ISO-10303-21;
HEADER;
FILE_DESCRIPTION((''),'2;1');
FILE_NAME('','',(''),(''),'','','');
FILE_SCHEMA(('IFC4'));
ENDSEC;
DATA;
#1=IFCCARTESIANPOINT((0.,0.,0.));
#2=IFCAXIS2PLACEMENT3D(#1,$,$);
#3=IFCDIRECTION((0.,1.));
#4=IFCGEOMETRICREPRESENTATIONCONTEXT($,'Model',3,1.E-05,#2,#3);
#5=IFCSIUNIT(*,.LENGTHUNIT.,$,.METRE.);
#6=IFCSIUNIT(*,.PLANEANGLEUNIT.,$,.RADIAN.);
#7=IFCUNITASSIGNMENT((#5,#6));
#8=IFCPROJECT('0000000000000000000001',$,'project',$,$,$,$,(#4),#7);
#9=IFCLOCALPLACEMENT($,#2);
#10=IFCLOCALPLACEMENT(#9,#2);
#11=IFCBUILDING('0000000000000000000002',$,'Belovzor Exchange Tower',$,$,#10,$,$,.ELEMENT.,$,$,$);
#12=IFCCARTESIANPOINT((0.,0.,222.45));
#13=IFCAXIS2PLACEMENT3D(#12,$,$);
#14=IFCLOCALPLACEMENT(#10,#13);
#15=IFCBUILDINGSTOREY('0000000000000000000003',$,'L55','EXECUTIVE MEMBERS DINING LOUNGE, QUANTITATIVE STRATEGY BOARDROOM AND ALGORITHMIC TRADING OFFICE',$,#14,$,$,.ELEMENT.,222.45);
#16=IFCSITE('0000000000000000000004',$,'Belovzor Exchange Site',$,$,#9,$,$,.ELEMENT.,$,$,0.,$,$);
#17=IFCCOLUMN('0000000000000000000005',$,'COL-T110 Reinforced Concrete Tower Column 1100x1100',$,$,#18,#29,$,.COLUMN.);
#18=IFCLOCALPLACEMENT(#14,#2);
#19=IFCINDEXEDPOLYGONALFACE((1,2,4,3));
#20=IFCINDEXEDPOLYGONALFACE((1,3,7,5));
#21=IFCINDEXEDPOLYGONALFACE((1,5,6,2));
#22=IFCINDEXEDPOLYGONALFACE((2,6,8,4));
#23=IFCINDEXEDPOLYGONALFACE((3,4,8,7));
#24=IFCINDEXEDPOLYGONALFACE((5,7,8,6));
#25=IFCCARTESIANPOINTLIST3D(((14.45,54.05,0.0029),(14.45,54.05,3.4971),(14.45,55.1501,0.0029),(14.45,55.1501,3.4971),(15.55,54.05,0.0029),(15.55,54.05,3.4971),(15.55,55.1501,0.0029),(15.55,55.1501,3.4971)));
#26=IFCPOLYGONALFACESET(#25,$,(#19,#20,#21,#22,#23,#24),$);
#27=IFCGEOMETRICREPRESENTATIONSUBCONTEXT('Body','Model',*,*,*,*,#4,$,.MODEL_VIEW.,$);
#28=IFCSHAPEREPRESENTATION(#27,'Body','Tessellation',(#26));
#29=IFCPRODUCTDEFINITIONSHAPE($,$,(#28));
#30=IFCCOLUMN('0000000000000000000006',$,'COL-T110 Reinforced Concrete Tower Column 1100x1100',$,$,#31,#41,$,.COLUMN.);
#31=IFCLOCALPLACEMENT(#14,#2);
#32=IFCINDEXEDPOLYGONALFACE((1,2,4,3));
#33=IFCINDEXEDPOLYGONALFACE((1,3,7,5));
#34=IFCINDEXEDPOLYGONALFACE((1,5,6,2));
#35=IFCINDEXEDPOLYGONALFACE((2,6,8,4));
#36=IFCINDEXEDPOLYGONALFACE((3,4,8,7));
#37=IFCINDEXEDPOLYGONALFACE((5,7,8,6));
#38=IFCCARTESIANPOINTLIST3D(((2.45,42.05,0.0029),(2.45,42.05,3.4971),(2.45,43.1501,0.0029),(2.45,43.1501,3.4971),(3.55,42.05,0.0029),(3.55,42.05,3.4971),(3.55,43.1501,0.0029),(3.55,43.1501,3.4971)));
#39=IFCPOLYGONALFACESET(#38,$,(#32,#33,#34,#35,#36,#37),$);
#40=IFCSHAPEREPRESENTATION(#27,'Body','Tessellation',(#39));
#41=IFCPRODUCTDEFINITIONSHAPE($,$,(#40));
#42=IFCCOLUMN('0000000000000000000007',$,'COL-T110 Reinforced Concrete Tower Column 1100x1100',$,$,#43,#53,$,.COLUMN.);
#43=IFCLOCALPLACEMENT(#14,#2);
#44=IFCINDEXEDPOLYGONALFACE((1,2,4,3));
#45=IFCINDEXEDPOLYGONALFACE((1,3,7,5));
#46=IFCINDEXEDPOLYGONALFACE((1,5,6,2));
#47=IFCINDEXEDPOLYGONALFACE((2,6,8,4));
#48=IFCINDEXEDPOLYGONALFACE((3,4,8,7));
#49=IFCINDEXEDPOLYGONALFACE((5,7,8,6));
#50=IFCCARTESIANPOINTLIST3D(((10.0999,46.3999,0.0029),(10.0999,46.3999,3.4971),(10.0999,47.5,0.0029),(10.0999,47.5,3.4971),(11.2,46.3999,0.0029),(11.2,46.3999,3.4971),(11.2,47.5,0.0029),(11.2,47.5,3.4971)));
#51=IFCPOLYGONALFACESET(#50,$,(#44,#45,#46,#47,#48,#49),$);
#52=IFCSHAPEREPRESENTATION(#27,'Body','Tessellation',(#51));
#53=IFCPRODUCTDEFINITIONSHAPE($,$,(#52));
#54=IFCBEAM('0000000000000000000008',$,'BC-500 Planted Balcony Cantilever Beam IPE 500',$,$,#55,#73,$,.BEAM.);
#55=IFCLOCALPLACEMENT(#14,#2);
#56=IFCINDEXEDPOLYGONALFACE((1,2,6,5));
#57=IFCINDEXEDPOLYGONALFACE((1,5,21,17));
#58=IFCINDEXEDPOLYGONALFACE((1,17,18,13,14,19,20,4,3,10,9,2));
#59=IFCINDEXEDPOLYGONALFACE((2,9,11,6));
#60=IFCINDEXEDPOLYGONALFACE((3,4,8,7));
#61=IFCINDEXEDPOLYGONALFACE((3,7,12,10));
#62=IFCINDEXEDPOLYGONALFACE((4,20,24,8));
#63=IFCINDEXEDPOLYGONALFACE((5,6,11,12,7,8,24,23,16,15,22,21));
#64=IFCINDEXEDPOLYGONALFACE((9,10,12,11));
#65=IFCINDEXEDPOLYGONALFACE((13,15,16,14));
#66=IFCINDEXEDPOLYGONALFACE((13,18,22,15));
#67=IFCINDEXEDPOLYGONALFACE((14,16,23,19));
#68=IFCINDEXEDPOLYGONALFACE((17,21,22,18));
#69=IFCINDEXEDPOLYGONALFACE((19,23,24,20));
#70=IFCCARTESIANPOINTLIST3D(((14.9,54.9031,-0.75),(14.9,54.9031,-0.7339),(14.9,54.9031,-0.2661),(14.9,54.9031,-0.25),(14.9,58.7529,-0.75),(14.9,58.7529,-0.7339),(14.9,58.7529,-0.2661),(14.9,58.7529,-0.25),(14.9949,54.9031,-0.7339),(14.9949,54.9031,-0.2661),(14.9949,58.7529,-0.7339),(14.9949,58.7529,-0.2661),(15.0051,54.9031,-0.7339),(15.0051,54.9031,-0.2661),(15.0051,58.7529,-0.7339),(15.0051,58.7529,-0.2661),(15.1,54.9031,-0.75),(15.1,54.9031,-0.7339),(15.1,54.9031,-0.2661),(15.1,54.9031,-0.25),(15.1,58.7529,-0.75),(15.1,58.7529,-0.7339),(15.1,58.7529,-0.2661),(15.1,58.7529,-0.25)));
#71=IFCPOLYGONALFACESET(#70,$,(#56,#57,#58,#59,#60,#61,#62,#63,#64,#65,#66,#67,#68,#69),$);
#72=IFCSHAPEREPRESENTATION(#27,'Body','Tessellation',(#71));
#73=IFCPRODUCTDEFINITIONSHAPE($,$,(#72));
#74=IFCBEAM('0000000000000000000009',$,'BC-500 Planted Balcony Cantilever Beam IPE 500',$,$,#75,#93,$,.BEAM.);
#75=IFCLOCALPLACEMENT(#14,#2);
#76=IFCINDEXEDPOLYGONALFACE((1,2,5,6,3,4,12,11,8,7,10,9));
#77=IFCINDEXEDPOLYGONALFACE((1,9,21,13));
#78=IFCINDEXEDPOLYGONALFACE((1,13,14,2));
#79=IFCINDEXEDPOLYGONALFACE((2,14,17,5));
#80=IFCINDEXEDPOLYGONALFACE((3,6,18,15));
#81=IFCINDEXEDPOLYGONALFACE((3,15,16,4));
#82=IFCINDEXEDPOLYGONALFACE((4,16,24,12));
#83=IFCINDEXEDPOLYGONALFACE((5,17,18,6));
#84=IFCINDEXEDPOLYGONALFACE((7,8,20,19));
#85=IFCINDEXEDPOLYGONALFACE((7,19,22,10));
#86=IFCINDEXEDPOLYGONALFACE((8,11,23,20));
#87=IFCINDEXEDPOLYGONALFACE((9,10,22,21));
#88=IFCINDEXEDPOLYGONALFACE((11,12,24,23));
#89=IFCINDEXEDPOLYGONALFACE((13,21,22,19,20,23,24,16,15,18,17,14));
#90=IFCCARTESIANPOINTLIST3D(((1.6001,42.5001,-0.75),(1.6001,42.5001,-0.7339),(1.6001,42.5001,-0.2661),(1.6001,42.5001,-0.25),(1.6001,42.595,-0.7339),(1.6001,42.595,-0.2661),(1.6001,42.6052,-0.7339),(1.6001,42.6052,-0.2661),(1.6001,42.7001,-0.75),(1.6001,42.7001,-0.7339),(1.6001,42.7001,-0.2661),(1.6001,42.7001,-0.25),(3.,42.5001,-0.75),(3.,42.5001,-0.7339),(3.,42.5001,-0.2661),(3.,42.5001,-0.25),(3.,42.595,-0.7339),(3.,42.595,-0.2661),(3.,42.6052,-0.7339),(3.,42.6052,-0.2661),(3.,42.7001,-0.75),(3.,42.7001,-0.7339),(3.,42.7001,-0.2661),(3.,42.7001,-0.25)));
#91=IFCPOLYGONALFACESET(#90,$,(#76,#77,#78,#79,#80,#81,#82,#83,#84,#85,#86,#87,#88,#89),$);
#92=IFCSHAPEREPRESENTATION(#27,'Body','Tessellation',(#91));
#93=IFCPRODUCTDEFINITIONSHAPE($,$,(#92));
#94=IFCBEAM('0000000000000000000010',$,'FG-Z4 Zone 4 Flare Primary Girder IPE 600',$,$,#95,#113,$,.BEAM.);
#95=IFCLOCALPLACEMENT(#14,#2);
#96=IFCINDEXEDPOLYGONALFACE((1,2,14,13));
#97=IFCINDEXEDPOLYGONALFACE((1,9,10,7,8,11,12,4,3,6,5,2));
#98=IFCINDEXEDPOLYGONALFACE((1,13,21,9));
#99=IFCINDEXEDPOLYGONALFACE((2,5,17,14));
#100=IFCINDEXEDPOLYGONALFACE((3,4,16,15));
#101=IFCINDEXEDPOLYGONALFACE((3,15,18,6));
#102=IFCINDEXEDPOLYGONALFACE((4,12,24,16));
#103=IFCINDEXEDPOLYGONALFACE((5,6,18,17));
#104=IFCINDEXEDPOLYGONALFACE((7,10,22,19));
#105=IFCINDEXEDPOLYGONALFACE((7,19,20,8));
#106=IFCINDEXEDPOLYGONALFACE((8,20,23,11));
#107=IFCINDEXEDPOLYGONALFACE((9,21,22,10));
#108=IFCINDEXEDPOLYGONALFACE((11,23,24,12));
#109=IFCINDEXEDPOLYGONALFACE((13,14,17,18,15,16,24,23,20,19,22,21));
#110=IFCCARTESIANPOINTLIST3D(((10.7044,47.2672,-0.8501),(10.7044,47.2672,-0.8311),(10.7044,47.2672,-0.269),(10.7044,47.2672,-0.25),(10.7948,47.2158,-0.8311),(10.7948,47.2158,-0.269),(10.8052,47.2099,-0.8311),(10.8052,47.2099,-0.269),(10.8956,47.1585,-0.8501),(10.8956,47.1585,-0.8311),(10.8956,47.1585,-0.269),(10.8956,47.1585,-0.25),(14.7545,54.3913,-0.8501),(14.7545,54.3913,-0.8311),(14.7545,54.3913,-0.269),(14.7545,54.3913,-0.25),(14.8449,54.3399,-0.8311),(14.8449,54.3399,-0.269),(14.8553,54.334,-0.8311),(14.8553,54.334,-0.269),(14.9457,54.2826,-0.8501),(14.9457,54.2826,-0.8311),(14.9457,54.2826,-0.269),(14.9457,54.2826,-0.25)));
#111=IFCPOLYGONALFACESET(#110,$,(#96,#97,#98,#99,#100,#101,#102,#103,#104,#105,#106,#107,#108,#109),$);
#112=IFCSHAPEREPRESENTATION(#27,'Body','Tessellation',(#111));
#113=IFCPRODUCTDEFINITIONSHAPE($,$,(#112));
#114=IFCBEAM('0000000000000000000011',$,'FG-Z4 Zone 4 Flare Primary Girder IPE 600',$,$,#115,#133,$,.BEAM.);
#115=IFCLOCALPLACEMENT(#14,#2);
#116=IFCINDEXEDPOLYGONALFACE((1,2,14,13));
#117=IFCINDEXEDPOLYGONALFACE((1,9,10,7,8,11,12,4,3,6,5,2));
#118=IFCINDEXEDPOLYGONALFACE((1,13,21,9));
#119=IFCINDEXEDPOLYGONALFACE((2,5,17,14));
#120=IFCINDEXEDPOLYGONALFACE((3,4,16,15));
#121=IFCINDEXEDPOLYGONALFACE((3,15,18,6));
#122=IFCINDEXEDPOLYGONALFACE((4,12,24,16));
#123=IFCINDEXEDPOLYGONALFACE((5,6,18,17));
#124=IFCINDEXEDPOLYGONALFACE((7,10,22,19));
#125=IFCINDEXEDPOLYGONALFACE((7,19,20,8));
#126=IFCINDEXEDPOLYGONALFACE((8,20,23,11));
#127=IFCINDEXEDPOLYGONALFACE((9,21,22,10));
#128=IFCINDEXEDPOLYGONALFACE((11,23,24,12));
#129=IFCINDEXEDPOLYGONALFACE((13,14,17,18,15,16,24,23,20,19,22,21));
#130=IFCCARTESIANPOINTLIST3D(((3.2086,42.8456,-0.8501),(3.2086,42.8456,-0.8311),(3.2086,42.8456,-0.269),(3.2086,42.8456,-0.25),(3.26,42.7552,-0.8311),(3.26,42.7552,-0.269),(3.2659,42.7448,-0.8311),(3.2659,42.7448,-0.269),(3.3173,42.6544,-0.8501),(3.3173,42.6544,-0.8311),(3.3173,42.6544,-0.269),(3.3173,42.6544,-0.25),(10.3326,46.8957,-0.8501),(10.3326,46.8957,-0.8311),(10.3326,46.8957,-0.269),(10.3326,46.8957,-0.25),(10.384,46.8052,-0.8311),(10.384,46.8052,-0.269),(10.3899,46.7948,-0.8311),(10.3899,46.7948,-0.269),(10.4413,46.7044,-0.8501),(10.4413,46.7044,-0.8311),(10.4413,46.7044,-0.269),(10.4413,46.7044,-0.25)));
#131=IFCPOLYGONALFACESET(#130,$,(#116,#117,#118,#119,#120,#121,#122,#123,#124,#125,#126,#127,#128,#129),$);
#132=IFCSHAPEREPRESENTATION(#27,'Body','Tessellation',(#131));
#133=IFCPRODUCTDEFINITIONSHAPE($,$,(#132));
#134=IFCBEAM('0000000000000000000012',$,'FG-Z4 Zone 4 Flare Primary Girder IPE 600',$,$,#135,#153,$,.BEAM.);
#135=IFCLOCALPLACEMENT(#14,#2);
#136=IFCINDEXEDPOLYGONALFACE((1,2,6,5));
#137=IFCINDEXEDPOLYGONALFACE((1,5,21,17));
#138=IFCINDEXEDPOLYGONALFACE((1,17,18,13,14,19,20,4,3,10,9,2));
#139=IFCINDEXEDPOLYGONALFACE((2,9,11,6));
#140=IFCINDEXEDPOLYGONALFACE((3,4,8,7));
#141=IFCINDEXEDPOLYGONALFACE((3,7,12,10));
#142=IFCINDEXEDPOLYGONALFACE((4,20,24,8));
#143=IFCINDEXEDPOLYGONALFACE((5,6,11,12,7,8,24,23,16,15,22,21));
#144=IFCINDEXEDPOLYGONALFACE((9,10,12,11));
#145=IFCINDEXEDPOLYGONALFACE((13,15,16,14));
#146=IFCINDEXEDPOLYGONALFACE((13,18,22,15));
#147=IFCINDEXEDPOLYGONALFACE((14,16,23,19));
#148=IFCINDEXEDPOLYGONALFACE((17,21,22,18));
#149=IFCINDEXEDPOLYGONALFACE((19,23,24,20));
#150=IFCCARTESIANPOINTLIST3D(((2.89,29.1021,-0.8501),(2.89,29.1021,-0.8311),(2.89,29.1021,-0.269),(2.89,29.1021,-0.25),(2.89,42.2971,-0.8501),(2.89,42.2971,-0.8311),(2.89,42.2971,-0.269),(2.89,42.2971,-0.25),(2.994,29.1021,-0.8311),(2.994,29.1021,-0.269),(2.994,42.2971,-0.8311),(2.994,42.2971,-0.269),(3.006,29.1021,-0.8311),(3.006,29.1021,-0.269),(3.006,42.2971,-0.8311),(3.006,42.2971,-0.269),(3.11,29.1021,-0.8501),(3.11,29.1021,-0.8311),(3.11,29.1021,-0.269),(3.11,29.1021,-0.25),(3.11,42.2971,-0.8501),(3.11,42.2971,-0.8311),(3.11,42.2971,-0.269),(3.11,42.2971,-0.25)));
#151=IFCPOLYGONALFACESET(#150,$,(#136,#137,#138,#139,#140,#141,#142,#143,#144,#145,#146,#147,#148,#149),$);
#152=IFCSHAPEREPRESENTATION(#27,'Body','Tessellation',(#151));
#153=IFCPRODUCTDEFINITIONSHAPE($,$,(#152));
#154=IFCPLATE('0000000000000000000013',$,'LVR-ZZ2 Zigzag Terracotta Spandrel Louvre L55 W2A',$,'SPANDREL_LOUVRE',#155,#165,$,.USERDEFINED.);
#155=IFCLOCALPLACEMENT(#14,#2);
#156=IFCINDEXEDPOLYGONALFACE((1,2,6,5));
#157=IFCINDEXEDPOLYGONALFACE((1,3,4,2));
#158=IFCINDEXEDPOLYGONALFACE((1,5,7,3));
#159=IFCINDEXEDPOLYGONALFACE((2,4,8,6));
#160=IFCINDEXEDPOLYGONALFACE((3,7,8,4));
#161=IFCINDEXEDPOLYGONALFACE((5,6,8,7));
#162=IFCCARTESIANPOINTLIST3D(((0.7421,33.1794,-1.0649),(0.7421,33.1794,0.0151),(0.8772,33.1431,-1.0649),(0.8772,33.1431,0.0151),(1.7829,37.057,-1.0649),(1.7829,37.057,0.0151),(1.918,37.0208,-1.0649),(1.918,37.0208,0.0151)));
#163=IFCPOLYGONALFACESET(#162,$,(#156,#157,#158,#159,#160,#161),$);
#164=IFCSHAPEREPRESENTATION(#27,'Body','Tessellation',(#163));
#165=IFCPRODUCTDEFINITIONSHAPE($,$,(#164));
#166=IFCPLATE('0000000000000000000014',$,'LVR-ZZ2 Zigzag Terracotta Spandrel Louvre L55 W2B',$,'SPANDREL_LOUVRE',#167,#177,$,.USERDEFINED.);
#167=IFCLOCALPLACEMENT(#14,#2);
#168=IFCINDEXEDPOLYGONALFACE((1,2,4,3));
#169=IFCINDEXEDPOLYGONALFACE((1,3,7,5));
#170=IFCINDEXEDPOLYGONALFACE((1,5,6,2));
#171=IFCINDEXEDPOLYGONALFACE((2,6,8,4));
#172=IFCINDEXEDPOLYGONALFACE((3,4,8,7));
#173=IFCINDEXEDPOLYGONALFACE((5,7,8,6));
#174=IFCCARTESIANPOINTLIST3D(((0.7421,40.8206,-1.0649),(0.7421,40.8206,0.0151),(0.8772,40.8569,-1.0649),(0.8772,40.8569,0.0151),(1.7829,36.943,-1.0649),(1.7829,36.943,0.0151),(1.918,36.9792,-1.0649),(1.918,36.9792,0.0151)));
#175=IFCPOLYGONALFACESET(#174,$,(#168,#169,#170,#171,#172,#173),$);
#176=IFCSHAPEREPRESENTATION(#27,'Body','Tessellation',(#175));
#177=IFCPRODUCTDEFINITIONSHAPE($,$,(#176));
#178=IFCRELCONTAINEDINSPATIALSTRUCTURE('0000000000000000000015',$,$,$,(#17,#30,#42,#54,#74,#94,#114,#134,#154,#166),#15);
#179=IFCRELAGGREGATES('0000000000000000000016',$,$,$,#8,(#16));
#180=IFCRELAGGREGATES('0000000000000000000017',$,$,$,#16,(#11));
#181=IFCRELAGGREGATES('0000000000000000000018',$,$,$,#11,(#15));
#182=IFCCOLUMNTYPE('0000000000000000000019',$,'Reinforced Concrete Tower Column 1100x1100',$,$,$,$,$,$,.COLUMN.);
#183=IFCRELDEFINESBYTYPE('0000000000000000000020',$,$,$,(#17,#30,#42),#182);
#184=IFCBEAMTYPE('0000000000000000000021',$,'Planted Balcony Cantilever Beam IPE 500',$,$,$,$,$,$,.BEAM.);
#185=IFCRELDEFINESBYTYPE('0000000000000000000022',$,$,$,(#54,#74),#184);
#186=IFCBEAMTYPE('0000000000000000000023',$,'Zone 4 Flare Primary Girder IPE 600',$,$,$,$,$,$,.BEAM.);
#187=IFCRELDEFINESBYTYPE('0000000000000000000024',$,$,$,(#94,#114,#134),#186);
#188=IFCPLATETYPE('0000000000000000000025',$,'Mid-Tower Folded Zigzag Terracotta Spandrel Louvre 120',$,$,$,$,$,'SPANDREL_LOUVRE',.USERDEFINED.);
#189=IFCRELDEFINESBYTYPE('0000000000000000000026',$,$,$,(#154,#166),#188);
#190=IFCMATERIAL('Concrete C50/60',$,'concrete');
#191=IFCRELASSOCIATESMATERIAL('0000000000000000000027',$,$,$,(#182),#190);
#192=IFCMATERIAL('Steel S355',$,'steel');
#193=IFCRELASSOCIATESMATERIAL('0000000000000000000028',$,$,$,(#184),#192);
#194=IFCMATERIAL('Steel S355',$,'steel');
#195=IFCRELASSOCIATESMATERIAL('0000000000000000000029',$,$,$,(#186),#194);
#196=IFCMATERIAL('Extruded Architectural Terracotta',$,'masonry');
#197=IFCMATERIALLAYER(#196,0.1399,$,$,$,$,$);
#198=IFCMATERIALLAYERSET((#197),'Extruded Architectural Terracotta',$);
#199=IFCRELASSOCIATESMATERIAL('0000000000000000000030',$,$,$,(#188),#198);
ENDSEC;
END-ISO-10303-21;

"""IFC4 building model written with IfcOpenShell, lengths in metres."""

from ifc_helpers import new_model, si_unit, direction, frame, origin, origin_2d, place, context, subcontext, project, spatial, rectangle, i_section, extrude, material, layer, layer_set, material_profile, profile_set, type_object, element, save


model = new_model("IFC4")

# Units and contexts
model_context = context("Model", 3, precision=1e-05, world=origin(), true_north=direction((0.0, 1.0)))
body_context = subcontext(model_context, "Body", "Model", "MODEL_VIEW")
ifc_project = project(units=[si_unit("LENGTHUNIT", "METRE"), si_unit("PLANEANGLEUNIT", "RADIAN")], contexts=[model_context])

# Site, building, storey
site_placement = place(None, origin())
site = spatial("IfcSite", under=ifc_project, at=site_placement, Name="Belovzor Exchange Site", CompositionType="ELEMENT", RefElevation=0.0)
building_placement = place(site_placement, origin())
building = spatial("IfcBuilding", under=site, at=building_placement, Name="Belovzor Exchange Tower", CompositionType="ELEMENT")
storey_placement = place(building_placement, frame((0.0, 0.0, 222.45)))
storey = spatial("IfcBuildingStorey", under=building, at=storey_placement, Name="L55", Description="EXECUTIVE MEMBERS DINING LOUNGE, QUANTITATIVE STRATEGY BOARDROOM AND ALGORITHMIC TRADING OFFICE", CompositionType="ELEMENT", Elevation=222.45)

# Columns
ifc_material_1 = material(Name="Concrete C50/60", Category="concrete")
ifc_material_profile_1 = material_profile(ifc_material_1, rectangle(XDim=1.1001, YDim=1.1001, at=origin_2d()))
ifc_profile_set_1 = profile_set([ifc_material_profile_1], Name="Concrete C50/60")
column_type = type_object("IfcColumnType", Name="Reinforced Concrete Tower Column 1100x1100", PredefinedType="COLUMN", material=ifc_profile_set_1)
for number, where, z_axis, x_axis, name in (
    (1, (15.0, 54.6001, 0.0029), (0.0, 0.0, 1.0), (1.0, 0.0, 0.0), "COL-T110 Reinforced Concrete Tower Column 1100x1100"),
    (2, (3.0, 42.6001, 0.0029), (0.0, 0.0, 1.0), (1.0, 0.0, 0.0), "COL-T110 Reinforced Concrete Tower Column 1100x1100"),
    (3, (10.6499, 46.95, 0.0029), (0.0, 0.0, 1.0), (1.0, 0.0, 0.0), "COL-T110 Reinforced Concrete Tower Column 1100x1100"),
):
    element("IfcColumn", number, at=place(storey_placement, frame(where, z_axis=z_axis, x_axis=x_axis)), inside=storey, type_object=column_type, Name=name, PredefinedType="COLUMN", context=body_context, shape_type="SweptSolid", body=[
        extrude(rectangle(XDim=1.1001, YDim=1.1001, at=origin_2d()), origin(), (0.0, 0.0, 1.0), 3.4941),
    ])

# Beams
ifc_material_2 = material(Name="Steel S355", Category="steel")
ifc_material_profile_2 = material_profile(ifc_material_2, i_section(OverallWidth=0.2, OverallDepth=0.5, WebThickness=0.0103, FlangeThickness=0.0161, at=origin_2d()))
ifc_profile_set_2 = profile_set([ifc_material_profile_2], Name="Steel S355")
beam_type_1 = type_object("IfcBeamType", Name="Planted Balcony Cantilever Beam IPE 500", PredefinedType="BEAM", material=ifc_profile_set_2)
beam_1_placement = place(storey_placement, frame((15.0, 54.9031, -0.5), z_axis=(0.0, 1.0, 0.0), x_axis=(-1.0, 0.0, 0.0)))
element("IfcBeam", 4, at=beam_1_placement, inside=storey, type_object=beam_type_1, Name="BC-500 Planted Balcony Cantilever Beam IPE 500", PredefinedType="BEAM", context=body_context, shape_type="SweptSolid", body=[
    extrude(i_section(OverallWidth=0.2, OverallDepth=0.5, WebThickness=0.0103, FlangeThickness=0.0161, at=origin_2d()), origin(), (0.0, 0.0, 1.0), 3.8499),
])
beam_2_placement = place(storey_placement, frame((3.0, 42.6001, -0.5), z_axis=(-1.0, 0.0, 0.0), x_axis=(0.0, -1.0, 0.0)))
element("IfcBeam", 5, at=beam_2_placement, inside=storey, type_object=beam_type_1, Name="BC-500 Planted Balcony Cantilever Beam IPE 500", PredefinedType="BEAM", context=body_context, shape_type="SweptSolid", body=[
    extrude(i_section(OverallWidth=0.2, OverallDepth=0.5, WebThickness=0.0103, FlangeThickness=0.0161, at=origin_2d()), origin(), (0.0, 0.0, 1.0), 1.3999),
])
ifc_material_3 = material(Name="Steel S355", Category="steel")
ifc_material_profile_3 = material_profile(ifc_material_3, i_section(OverallWidth=0.22, OverallDepth=0.6001, WebThickness=0.012, FlangeThickness=0.019, at=origin_2d()))
ifc_profile_set_3 = profile_set([ifc_material_profile_3], Name="Steel S355")
beam_type_2 = type_object("IfcBeamType", Name="Zone 4 Flare Primary Girder IPE 600", PredefinedType="BEAM", material=ifc_profile_set_3)
for number, where, z_axis, x_axis, name in (
    (6, (14.8501, 54.3369, -0.55), (-0.494222, -0.869336, 0.0), (0.869336, -0.494222, 0.0), "FG-Z4 Zone 4 Flare Primary Girder IPE 600"),
    (7, (10.387, 46.8, -0.55), (-0.869336, -0.494222, 0.0), (0.494222, -0.869336, 0.0), "FG-Z4 Zone 4 Flare Primary Girder IPE 600"),
):
    element("IfcBeam", number, at=place(storey_placement, frame(where, z_axis=z_axis, x_axis=x_axis)), inside=storey, type_object=beam_type_2, Name=name, PredefinedType="BEAM", context=body_context, shape_type="SweptSolid", body=[
        extrude(i_section(OverallWidth=0.22, OverallDepth=0.6001, WebThickness=0.012, FlangeThickness=0.019, at=origin_2d()), origin(), (0.0, 0.0, 1.0), 8.1948),
    ])
beam_3_placement = place(storey_placement, frame((3.0, 42.2971, -0.55), z_axis=(0.0, -1.0, 0.0), x_axis=(1.0, 0.0, 0.0)))
element("IfcBeam", 8, at=beam_3_placement, inside=storey, type_object=beam_type_2, Name="FG-Z4 Zone 4 Flare Primary Girder IPE 600", PredefinedType="BEAM", context=body_context, shape_type="SweptSolid", body=[
    extrude(i_section(OverallWidth=0.22, OverallDepth=0.6001, WebThickness=0.012, FlangeThickness=0.019, at=origin_2d()), origin(), (0.0, 0.0, 1.0), 13.1951),
])

# Plates
ifc_material_4 = material(Name="Extruded Architectural Terracotta", Category="masonry")
ifc_layer_1 = layer(ifc_material_4, 0.1399)
ifc_layer_set_1 = layer_set([ifc_layer_1], Name="Extruded Architectural Terracotta")
plate_type = type_object("IfcPlateType", Name="Mid-Tower Folded Zigzag Terracotta Spandrel Louvre 120", ElementType="SPANDREL_LOUVRE", PredefinedType="USERDEFINED", material=ifc_layer_set_1)
for number, where, z_axis, x_axis, name in (
    (9, (1.3301, 35.1001, -1.0649), (0.0, 0.0, 1.0), (0.25924, 0.965813, 0.0), "LVR-ZZ2 Zigzag Terracotta Spandrel Louvre L55 W2A"),
    (10, (1.3301, 38.8999, -1.0649), (0.0, 0.0, 1.0), (-0.25924, 0.965813, 0.0), "LVR-ZZ2 Zigzag Terracotta Spandrel Louvre L55 W2B"),
):
    element("IfcPlate", number, at=place(storey_placement, frame(where, z_axis=z_axis, x_axis=x_axis)), inside=storey, type_object=plate_type, Name=name, ObjectType="SPANDREL_LOUVRE", PredefinedType="USERDEFINED", context=body_context, shape_type="SweptSolid", body=[
        extrude(rectangle(XDim=4.0149, YDim=0.1399, at=origin_2d()), origin(), (0.0, 0.0, 1.0), 1.0801),
    ])

save(model, "model.ifc")
